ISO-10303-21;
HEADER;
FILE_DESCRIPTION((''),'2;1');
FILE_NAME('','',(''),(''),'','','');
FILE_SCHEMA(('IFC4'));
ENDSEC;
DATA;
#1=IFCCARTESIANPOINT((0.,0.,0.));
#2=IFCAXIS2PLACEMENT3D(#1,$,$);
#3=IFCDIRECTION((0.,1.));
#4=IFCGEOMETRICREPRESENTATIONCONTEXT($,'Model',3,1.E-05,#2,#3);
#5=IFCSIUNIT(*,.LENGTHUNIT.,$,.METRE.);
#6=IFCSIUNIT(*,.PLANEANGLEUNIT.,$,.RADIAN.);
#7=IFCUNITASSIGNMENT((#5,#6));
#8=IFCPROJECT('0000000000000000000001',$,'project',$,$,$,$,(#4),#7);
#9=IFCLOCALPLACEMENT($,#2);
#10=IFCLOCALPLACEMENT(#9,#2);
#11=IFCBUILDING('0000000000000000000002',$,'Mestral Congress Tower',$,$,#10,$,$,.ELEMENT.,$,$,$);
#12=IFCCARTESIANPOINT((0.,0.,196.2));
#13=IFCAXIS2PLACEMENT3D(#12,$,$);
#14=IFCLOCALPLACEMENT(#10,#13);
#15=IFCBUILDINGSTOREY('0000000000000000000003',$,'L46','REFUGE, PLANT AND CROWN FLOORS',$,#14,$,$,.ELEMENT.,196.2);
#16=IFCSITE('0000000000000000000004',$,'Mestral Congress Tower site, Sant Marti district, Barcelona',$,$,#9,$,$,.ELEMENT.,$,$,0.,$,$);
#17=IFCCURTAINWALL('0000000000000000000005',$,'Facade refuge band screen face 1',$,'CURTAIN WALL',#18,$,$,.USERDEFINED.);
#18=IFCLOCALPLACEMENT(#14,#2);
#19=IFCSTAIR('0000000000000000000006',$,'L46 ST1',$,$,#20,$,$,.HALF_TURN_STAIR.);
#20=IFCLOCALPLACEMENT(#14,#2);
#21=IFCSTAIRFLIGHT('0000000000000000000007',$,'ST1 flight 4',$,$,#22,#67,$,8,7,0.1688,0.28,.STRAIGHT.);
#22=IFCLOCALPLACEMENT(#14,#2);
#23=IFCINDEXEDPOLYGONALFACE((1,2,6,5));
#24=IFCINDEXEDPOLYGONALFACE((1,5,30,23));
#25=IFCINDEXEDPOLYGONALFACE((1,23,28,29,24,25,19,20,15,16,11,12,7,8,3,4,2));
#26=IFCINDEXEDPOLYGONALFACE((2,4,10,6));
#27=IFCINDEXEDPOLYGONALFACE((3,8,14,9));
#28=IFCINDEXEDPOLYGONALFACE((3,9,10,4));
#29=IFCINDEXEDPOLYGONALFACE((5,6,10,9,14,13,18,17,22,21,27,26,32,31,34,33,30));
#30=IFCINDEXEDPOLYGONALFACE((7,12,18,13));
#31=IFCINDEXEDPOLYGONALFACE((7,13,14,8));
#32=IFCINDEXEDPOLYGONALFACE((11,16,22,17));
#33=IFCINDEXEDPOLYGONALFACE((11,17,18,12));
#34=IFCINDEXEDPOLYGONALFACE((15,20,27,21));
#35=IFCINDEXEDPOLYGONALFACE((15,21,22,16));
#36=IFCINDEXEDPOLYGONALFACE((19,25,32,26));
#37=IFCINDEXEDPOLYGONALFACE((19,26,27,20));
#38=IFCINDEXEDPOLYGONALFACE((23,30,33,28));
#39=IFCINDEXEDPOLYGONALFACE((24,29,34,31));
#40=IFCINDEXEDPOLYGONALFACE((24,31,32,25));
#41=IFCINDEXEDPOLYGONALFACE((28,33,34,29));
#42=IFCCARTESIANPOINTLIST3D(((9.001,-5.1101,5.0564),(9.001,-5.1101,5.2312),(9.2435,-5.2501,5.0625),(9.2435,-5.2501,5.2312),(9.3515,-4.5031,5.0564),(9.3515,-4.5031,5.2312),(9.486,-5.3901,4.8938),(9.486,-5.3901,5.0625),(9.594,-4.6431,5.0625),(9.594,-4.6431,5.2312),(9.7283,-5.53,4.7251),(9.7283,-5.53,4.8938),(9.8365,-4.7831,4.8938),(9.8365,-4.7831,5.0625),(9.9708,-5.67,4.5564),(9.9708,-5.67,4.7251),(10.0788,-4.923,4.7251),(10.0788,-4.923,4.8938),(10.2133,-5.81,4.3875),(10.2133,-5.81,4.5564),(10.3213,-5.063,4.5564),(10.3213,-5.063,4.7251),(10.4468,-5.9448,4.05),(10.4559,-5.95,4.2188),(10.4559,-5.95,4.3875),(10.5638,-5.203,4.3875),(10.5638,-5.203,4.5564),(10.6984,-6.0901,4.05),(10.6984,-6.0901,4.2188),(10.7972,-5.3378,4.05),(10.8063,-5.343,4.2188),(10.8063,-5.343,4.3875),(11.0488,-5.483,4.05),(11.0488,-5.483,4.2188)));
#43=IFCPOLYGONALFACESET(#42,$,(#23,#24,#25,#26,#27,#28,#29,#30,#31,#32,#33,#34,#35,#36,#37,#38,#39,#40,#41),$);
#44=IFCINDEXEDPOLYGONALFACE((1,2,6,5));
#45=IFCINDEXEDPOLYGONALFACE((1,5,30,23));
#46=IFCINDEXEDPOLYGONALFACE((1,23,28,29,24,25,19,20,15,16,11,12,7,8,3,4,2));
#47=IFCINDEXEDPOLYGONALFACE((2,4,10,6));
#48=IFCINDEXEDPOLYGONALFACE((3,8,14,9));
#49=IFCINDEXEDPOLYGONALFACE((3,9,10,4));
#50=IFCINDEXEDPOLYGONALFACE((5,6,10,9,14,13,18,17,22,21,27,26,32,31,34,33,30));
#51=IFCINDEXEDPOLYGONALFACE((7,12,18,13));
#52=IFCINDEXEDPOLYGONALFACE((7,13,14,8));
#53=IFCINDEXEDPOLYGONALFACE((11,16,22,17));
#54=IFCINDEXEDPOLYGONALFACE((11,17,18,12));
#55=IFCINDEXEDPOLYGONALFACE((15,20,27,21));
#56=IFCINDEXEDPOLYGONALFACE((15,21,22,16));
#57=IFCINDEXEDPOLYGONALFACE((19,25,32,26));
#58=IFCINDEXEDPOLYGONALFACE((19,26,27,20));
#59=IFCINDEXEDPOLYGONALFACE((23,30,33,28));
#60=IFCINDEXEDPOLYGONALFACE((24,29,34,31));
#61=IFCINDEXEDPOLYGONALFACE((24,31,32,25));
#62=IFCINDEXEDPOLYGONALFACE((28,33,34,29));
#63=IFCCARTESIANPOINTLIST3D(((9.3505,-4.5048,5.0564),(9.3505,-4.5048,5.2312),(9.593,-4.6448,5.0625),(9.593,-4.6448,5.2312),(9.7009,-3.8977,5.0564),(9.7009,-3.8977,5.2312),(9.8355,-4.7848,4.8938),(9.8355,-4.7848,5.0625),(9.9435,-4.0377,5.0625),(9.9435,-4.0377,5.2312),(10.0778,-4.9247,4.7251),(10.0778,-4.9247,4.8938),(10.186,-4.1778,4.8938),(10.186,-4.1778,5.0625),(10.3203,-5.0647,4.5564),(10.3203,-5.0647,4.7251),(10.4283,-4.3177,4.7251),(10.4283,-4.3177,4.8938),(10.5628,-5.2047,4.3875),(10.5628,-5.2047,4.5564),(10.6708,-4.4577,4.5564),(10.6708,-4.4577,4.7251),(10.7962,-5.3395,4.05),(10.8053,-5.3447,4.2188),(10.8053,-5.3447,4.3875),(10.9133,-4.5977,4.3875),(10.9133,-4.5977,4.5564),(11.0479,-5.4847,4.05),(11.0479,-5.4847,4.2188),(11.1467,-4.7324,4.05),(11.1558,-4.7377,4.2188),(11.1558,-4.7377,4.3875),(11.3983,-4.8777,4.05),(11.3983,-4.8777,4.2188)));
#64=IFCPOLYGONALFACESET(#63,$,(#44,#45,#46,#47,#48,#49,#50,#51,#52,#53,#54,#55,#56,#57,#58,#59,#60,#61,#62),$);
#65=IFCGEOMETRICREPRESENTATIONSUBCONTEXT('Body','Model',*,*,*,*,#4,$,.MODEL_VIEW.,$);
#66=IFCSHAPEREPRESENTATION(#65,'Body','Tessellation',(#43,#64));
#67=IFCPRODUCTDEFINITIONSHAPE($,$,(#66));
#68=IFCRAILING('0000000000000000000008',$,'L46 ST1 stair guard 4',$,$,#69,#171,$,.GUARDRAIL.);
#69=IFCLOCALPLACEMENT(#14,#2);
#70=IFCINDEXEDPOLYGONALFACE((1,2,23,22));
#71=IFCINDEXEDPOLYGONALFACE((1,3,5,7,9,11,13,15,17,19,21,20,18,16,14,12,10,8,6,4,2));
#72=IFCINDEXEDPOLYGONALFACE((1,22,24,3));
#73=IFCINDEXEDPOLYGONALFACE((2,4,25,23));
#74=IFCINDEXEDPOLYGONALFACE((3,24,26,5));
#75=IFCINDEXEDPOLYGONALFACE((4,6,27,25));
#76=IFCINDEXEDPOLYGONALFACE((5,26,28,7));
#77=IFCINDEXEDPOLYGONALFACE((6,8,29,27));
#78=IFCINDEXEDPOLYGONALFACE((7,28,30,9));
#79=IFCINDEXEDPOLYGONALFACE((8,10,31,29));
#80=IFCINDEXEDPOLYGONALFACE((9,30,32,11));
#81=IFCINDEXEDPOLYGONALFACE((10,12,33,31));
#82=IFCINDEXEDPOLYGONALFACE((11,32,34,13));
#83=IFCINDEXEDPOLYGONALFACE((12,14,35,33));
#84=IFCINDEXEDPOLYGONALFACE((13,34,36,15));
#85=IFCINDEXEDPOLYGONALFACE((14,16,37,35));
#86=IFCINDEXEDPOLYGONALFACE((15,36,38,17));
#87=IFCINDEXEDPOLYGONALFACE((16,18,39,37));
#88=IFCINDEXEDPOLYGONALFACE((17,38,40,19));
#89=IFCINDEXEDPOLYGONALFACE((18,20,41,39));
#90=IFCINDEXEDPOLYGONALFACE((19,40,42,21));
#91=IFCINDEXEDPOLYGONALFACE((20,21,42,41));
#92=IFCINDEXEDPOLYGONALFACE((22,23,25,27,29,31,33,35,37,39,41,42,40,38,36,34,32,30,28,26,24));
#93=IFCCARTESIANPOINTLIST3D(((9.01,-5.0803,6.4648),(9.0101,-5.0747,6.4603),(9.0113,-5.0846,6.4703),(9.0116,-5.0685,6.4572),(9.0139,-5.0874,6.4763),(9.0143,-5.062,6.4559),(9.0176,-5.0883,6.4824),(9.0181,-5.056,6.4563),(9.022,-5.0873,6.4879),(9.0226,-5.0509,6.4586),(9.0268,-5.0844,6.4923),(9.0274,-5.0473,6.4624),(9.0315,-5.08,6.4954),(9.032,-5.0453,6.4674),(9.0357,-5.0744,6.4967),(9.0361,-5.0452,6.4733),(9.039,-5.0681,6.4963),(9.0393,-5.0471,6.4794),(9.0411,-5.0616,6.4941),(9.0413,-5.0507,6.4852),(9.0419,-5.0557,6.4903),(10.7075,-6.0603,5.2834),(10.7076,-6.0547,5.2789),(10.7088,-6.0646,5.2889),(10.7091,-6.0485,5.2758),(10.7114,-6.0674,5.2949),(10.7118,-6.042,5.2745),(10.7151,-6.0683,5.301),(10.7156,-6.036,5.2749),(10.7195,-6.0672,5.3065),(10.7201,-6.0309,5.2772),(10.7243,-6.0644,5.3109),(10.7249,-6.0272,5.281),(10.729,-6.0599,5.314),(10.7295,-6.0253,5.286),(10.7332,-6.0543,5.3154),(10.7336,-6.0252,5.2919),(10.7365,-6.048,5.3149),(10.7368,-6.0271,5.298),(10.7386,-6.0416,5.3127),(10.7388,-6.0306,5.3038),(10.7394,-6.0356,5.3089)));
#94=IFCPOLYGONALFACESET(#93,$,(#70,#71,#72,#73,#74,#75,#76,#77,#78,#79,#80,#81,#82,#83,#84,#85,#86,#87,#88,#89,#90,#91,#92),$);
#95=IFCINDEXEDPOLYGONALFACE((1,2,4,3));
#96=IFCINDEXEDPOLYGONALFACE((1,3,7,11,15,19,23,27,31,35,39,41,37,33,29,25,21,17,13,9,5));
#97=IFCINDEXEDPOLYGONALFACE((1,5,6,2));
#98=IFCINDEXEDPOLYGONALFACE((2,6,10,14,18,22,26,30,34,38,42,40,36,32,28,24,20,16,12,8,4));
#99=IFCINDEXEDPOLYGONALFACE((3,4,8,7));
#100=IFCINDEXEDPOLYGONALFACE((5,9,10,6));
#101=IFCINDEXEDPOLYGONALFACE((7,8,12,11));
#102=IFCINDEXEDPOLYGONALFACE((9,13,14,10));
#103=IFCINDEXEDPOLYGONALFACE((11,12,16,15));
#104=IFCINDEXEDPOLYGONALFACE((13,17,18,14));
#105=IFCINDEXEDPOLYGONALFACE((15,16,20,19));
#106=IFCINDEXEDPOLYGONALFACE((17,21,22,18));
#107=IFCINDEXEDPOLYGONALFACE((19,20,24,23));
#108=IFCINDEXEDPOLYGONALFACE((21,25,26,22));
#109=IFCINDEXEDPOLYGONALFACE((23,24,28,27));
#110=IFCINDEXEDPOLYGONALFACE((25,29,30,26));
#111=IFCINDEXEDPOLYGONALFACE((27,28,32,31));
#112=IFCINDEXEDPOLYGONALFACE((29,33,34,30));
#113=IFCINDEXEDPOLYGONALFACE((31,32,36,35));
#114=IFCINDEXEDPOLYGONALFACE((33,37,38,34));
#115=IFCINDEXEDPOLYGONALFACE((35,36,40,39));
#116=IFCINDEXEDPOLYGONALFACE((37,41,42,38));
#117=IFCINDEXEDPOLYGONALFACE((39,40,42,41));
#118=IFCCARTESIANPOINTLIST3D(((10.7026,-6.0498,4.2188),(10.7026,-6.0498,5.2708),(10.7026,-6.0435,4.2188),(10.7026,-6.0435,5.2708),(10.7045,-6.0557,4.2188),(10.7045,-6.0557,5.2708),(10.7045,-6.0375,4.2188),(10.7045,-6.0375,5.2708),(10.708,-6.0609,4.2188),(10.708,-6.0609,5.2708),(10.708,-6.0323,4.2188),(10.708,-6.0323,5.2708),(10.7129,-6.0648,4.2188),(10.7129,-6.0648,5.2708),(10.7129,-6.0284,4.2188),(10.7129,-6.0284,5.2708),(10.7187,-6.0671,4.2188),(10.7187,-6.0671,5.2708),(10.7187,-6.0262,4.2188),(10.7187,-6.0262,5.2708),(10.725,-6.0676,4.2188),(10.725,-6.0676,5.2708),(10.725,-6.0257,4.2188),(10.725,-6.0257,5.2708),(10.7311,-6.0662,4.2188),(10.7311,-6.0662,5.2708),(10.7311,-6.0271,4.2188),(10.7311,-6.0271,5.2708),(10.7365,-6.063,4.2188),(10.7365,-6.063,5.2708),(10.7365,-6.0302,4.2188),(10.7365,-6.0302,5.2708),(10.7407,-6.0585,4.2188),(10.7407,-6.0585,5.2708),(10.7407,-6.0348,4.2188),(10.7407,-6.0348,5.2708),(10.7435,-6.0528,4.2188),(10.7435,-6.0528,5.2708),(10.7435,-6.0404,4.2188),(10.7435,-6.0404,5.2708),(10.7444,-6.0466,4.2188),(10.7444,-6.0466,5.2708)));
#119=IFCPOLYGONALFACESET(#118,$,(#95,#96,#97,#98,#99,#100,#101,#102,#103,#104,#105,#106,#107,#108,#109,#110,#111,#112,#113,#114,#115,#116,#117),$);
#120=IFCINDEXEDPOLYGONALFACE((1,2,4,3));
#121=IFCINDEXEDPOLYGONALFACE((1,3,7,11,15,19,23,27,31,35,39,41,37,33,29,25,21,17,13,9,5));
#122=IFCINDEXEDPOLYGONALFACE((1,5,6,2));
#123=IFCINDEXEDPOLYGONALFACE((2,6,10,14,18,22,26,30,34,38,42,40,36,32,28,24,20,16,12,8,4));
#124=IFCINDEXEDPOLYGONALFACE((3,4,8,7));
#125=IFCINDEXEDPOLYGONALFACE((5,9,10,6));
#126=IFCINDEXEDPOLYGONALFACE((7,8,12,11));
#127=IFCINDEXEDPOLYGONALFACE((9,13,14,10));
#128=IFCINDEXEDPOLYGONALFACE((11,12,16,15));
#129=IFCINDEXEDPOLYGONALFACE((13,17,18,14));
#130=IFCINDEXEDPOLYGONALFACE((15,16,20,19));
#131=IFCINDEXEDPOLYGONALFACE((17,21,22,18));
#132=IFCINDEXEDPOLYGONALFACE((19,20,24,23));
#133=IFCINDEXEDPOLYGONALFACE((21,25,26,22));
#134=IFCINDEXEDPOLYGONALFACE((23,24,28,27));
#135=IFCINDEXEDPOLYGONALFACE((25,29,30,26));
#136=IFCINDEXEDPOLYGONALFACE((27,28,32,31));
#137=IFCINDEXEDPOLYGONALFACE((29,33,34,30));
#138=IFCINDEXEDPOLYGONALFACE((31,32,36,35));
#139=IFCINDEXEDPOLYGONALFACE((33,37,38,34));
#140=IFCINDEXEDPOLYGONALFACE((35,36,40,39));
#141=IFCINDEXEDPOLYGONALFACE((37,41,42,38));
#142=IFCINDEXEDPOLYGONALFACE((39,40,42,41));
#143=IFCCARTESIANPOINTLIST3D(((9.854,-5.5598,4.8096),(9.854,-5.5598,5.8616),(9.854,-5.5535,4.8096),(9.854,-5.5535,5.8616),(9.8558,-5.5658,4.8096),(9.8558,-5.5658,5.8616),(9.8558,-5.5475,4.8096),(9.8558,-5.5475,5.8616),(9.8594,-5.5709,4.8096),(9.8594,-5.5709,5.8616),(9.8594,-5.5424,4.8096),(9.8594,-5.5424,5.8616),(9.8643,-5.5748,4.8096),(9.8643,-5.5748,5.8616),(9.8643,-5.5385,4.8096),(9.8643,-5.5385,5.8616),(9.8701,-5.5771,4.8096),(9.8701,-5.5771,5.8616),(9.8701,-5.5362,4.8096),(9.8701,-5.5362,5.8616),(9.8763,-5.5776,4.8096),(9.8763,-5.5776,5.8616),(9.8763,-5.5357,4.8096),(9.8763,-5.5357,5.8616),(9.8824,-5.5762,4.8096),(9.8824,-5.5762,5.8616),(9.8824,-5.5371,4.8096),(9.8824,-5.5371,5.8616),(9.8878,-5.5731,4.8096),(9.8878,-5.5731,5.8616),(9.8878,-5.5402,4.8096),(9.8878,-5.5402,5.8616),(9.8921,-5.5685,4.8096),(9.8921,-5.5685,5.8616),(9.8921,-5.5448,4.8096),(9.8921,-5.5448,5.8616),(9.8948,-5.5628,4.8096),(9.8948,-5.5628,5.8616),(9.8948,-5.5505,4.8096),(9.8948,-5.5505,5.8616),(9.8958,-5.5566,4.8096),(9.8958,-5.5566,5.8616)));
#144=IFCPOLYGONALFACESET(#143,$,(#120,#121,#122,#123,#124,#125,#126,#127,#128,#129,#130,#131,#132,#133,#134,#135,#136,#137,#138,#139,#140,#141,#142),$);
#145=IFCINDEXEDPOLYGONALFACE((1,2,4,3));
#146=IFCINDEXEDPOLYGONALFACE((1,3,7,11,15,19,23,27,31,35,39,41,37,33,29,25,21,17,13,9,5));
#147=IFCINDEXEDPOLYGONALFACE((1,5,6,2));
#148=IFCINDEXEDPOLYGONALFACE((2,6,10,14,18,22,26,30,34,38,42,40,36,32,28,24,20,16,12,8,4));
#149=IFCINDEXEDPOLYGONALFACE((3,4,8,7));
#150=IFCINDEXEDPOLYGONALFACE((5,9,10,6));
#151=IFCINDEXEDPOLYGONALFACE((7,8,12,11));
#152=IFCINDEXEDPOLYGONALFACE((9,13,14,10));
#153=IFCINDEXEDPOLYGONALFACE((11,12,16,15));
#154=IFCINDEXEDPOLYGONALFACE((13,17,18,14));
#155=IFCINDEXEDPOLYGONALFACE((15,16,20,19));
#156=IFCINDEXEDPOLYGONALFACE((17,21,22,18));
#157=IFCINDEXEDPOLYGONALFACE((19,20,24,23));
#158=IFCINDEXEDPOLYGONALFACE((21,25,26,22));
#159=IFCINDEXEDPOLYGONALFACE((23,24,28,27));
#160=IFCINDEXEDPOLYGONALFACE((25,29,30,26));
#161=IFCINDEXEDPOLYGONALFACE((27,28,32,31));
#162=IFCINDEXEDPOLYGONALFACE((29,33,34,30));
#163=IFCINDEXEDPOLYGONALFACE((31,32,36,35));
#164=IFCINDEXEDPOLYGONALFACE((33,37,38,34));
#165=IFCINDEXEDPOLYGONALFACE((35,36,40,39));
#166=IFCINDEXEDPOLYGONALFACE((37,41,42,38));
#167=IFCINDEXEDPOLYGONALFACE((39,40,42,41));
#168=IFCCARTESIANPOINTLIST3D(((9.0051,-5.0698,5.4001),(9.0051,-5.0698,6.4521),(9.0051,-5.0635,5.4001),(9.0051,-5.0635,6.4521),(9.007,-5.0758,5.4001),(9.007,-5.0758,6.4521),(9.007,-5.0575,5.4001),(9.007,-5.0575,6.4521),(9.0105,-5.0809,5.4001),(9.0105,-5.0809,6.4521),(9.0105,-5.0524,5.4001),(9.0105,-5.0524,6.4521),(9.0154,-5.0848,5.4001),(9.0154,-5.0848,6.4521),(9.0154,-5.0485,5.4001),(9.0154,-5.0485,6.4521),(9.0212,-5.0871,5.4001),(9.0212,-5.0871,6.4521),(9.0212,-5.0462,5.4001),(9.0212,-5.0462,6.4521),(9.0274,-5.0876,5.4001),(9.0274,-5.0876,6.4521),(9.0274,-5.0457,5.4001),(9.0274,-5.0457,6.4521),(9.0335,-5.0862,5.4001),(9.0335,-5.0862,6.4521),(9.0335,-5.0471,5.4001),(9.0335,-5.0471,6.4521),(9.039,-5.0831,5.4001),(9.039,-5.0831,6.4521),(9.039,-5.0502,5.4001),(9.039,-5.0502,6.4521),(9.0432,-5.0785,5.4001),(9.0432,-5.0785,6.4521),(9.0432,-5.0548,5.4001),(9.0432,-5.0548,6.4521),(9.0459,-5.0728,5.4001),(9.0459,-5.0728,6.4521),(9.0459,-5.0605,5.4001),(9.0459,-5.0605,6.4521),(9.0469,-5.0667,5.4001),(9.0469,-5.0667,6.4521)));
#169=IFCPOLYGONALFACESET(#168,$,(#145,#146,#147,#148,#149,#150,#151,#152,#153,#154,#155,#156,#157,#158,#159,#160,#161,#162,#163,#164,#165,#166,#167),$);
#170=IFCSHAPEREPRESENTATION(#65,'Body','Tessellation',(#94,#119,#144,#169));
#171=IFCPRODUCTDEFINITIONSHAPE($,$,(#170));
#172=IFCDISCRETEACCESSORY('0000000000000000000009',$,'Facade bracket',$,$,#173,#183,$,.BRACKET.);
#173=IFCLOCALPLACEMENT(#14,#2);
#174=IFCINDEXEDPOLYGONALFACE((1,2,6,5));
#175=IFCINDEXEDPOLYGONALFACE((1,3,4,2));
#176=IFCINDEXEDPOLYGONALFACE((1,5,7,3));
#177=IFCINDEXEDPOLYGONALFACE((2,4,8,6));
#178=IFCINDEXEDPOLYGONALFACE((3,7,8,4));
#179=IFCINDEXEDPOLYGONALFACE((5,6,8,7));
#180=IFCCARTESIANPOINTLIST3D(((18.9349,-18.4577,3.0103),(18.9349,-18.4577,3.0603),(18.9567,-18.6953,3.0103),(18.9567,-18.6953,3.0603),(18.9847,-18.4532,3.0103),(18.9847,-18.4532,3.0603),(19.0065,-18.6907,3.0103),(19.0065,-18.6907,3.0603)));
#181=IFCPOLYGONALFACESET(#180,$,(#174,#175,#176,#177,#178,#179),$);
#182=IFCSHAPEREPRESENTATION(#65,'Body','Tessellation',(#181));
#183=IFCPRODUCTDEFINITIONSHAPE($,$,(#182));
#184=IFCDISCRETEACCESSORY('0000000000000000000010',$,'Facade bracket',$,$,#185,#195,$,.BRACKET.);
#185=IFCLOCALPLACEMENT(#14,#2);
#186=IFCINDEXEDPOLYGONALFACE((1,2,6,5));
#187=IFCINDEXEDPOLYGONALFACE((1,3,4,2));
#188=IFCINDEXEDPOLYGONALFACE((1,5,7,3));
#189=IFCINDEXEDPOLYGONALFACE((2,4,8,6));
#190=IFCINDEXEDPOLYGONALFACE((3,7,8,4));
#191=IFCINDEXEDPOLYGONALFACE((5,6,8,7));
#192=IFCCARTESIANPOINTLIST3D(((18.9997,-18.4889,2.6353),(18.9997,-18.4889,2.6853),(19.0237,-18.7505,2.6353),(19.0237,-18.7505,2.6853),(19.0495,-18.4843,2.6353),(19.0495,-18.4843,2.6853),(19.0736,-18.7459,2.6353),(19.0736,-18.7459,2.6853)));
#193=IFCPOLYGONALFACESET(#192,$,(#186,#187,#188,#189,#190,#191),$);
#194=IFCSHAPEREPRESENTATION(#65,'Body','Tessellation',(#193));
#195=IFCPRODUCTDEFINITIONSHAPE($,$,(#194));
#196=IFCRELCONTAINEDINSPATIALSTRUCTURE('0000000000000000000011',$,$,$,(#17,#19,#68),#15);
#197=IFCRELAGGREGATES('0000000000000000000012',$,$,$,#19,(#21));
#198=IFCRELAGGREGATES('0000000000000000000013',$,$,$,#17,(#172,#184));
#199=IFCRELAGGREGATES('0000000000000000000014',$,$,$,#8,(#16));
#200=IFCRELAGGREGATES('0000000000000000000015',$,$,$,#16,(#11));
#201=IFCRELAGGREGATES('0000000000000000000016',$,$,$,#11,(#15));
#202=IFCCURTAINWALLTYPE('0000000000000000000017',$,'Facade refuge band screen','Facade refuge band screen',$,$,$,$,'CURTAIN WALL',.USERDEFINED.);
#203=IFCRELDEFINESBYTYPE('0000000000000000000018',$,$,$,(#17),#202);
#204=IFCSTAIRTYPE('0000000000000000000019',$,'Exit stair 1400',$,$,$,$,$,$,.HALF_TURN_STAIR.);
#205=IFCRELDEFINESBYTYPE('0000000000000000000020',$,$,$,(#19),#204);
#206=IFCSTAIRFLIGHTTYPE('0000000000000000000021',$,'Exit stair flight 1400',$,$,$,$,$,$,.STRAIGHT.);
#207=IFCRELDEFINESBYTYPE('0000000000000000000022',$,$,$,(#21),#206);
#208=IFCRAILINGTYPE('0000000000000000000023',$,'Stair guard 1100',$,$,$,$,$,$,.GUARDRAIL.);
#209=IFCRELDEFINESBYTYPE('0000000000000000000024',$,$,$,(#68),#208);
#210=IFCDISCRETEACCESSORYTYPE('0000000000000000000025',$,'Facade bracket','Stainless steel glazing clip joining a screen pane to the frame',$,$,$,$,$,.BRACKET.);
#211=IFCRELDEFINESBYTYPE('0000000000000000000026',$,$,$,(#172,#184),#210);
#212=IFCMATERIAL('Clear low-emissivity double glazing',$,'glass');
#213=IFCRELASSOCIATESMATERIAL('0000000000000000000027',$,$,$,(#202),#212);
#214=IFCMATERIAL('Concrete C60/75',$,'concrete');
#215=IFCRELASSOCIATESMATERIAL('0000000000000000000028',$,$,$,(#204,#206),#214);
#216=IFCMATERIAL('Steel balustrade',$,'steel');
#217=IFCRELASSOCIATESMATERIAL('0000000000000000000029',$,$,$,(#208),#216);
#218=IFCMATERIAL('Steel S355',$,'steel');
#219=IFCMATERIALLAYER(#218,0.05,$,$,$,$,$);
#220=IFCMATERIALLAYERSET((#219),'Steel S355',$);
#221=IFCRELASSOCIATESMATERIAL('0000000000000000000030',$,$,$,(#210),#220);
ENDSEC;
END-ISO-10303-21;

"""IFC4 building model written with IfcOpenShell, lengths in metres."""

from ifc_helpers import new_model, si_unit, direction, frame, origin, origin_2d, place, context, subcontext, project, spatial, polyline, rectangle, circle, outline, extrude, material, layer, layer_set, type_object, element, aggregate, save


model = new_model("IFC4")

# Units and contexts
model_context = context("Model", 3, precision=1e-05, world=origin(), true_north=direction((0.0, 1.0)))
body_context = subcontext(model_context, "Body", "Model", "MODEL_VIEW")
ifc_project = project(units=[si_unit("LENGTHUNIT", "METRE"), si_unit("PLANEANGLEUNIT", "RADIAN")], contexts=[model_context])

# Site, building, storey
site_placement = place(None, origin())
site = spatial("IfcSite", under=ifc_project, at=site_placement, Name="Mestral Congress Tower site, Sant Marti district, Barcelona", CompositionType="ELEMENT", RefElevation=0.0)
building_placement = place(site_placement, origin())
building = spatial("IfcBuilding", under=site, at=building_placement, Name="Mestral Congress Tower", CompositionType="ELEMENT")
storey_placement = place(building_placement, frame((0.0, 0.0, 196.2)))
storey = spatial("IfcBuildingStorey", under=building, at=storey_placement, Name="L46", Description="REFUGE, PLANT AND CROWN FLOORS", CompositionType="ELEMENT", Elevation=196.2)

# Shared definitions
ifc_material_1 = material(Name="Steel S355", Category="steel")

# Curtain wall
ifc_material_2 = material(Name="Clear low-emissivity double glazing", Category="glass")
curtain_wall_type = type_object("IfcCurtainWallType", Name="Facade refuge band screen", Description="Facade refuge band screen", ElementType="CURTAIN WALL", PredefinedType="USERDEFINED", material=ifc_material_2)
placement = place(storey_placement, origin())
curtain_wall = element("IfcCurtainWall", 1, at=placement, inside=storey, type_object=curtain_wall_type, Name="Facade refuge band screen face 1", ObjectType="CURTAIN WALL", PredefinedType="USERDEFINED")

# Shared definitions
ifc_material_3 = material(Name="Concrete C60/75", Category="concrete")

# Stair, stair flight
stair_type = type_object("IfcStairType", Name="Exit stair 1400", PredefinedType="HALF_TURN_STAIR", material=ifc_material_3)
stair = element("IfcStair", 2, at=placement, inside=storey, type_object=stair_type, Name="L46 ST1", PredefinedType="HALF_TURN_STAIR")
stair_flight_type = type_object("IfcStairFlightType", Name="Exit stair flight 1400", PredefinedType="STRAIGHT", material=ifc_material_3)
stair_flight_1_placement = place(storey_placement, frame((11.0483, -5.4839, 4.05), z_axis=(0.0, 0.0, 1.0), x_axis=(-0.866025, 0.5, 0.0)))
stair_flight_1 = element("IfcStairFlight", 3, at=stair_flight_1_placement, type_object=stair_flight_type, Name="ST1 flight 4", NumberOfRisers=8, NumberOfTreads=7, PredefinedType="STRAIGHT", RiserHeight=0.1688, TreadLength=0.28, context=body_context, shape_type="SweptSolid", body=[
    extrude(outline(polyline([(0.0, 0.0), (0.0, 0.1687), (0.28, 0.1687), (0.28, 0.3374), (0.5601, 0.3374), (0.5601, 0.5063), (0.8401, 0.5063), (0.8401, 0.675), (1.1201, 0.675), (1.1201, 0.8438), (1.3999, 0.8438), (1.3999, 1.0125), (1.6799, 1.0125), (1.6799, 1.1812), (1.96, 1.1812), (1.96, 1.3501), (1.96, 1.0063), (0.2905, 0.0), (0.0, 0.0)])), frame((0.0, 0.7, 0.0), z_axis=(0.0, -1.0, 0.0), x_axis=(1.0, 0.0, 0.0)), (0.0, 0.0, 1.0), 0.7009),
    extrude(outline(polyline([(0.0, 0.0), (0.0, 0.1687), (0.28, 0.1687), (0.28, 0.3374), (0.5601, 0.3374), (0.5601, 0.5063), (0.8401, 0.5063), (0.8401, 0.675), (1.1201, 0.675), (1.1201, 0.8438), (1.3999, 0.8438), (1.3999, 1.0125), (1.6799, 1.0125), (1.6799, 1.1812), (1.96, 1.1812), (1.96, 1.3501), (1.96, 1.0063), (0.2905, 0.0), (0.0, 0.0)])), frame((0.0, 0.001, 0.0), z_axis=(0.0, -1.0, 0.0), x_axis=(1.0, 0.0, 0.0)), (0.0, 0.0, 1.0), 0.7009),
])
aggregate(stair, [stair_flight_1])

# Railing
ifc_material_4 = material(Name="Steel balustrade", Category="steel")
railing_type = type_object("IfcRailingType", Name="Stair guard 1100", PredefinedType="GUARDRAIL", material=ifc_material_4)
railing_1_placement = place(storey_placement, frame((10.7234, -6.0466, 4.2188)))
element("IfcRailing", 4, at=railing_1_placement, inside=storey, type_object=railing_type, Name="L46 ST1 stair guard 4", PredefinedType="GUARDRAIL", context=body_context, shape_type="SweptSolid", body=[
    extrude(circle(Radius=0.0239, at=origin_2d()), frame((0.0, 0.0, 1.0762), z_axis=(-0.741731, 0.428205, 0.516214), x_axis=(-0.49997, -0.866042, 0.0)), (0.0, 0.0, 1.0), 2.2886),
    extrude(circle(Radius=0.021, at=origin_2d()), origin(), (0.0, 0.0, 1.0), 1.052),
    extrude(circle(Radius=0.021, at=origin_2d()), frame((-0.8486, 0.49, 0.5908)), (0.0, 0.0, 1.0), 1.052),
    extrude(circle(Radius=0.021, at=origin_2d()), frame((-1.6975, 0.98, 1.1814)), (0.0, 0.0, 1.0), 1.052),
])

# Discrete accessories
ifc_layer_1 = layer(ifc_material_1, 0.05)
ifc_layer_set_1 = layer_set([ifc_layer_1], Name="Steel S355")
discrete_accessory_type = type_object("IfcDiscreteAccessoryType", Name="Facade bracket", Description="Stainless steel glazing clip joining a screen pane to the frame", PredefinedType="BRACKET", material=ifc_layer_set_1)
discrete_accessory_1_placement = place(storey_placement, frame((18.9707, -18.5742, 3.0103), z_axis=(0.0, 0.0, 1.0), x_axis=(0.995817, 0.091366, 0.0)))
discrete_accessory_1 = element("IfcDiscreteAccessory", 5, at=discrete_accessory_1_placement, type_object=discrete_accessory_type, Name="Facade bracket", PredefinedType="BRACKET", context=body_context, shape_type="SweptSolid", body=[
    extrude(rectangle(XDim=0.05, YDim=0.2385, at=origin_2d()), origin(), (0.0, 0.0, 1.0), 0.05),
])
discrete_accessory_2_placement = place(storey_placement, frame((19.0366, -18.6174, 2.6353), z_axis=(0.0, 0.0, 1.0), x_axis=(0.995809, 0.091453, 0.0)))
discrete_accessory_2 = element("IfcDiscreteAccessory", 6, at=discrete_accessory_2_placement, type_object=discrete_accessory_type, Name="Facade bracket", PredefinedType="BRACKET", context=body_context, shape_type="SweptSolid", body=[
    extrude(rectangle(XDim=0.05, YDim=0.2627, at=origin_2d()), origin(), (0.0, 0.0, 1.0), 0.05),
])
aggregate(curtain_wall, [discrete_accessory_1, discrete_accessory_2])

save(model, "model.ifc")
